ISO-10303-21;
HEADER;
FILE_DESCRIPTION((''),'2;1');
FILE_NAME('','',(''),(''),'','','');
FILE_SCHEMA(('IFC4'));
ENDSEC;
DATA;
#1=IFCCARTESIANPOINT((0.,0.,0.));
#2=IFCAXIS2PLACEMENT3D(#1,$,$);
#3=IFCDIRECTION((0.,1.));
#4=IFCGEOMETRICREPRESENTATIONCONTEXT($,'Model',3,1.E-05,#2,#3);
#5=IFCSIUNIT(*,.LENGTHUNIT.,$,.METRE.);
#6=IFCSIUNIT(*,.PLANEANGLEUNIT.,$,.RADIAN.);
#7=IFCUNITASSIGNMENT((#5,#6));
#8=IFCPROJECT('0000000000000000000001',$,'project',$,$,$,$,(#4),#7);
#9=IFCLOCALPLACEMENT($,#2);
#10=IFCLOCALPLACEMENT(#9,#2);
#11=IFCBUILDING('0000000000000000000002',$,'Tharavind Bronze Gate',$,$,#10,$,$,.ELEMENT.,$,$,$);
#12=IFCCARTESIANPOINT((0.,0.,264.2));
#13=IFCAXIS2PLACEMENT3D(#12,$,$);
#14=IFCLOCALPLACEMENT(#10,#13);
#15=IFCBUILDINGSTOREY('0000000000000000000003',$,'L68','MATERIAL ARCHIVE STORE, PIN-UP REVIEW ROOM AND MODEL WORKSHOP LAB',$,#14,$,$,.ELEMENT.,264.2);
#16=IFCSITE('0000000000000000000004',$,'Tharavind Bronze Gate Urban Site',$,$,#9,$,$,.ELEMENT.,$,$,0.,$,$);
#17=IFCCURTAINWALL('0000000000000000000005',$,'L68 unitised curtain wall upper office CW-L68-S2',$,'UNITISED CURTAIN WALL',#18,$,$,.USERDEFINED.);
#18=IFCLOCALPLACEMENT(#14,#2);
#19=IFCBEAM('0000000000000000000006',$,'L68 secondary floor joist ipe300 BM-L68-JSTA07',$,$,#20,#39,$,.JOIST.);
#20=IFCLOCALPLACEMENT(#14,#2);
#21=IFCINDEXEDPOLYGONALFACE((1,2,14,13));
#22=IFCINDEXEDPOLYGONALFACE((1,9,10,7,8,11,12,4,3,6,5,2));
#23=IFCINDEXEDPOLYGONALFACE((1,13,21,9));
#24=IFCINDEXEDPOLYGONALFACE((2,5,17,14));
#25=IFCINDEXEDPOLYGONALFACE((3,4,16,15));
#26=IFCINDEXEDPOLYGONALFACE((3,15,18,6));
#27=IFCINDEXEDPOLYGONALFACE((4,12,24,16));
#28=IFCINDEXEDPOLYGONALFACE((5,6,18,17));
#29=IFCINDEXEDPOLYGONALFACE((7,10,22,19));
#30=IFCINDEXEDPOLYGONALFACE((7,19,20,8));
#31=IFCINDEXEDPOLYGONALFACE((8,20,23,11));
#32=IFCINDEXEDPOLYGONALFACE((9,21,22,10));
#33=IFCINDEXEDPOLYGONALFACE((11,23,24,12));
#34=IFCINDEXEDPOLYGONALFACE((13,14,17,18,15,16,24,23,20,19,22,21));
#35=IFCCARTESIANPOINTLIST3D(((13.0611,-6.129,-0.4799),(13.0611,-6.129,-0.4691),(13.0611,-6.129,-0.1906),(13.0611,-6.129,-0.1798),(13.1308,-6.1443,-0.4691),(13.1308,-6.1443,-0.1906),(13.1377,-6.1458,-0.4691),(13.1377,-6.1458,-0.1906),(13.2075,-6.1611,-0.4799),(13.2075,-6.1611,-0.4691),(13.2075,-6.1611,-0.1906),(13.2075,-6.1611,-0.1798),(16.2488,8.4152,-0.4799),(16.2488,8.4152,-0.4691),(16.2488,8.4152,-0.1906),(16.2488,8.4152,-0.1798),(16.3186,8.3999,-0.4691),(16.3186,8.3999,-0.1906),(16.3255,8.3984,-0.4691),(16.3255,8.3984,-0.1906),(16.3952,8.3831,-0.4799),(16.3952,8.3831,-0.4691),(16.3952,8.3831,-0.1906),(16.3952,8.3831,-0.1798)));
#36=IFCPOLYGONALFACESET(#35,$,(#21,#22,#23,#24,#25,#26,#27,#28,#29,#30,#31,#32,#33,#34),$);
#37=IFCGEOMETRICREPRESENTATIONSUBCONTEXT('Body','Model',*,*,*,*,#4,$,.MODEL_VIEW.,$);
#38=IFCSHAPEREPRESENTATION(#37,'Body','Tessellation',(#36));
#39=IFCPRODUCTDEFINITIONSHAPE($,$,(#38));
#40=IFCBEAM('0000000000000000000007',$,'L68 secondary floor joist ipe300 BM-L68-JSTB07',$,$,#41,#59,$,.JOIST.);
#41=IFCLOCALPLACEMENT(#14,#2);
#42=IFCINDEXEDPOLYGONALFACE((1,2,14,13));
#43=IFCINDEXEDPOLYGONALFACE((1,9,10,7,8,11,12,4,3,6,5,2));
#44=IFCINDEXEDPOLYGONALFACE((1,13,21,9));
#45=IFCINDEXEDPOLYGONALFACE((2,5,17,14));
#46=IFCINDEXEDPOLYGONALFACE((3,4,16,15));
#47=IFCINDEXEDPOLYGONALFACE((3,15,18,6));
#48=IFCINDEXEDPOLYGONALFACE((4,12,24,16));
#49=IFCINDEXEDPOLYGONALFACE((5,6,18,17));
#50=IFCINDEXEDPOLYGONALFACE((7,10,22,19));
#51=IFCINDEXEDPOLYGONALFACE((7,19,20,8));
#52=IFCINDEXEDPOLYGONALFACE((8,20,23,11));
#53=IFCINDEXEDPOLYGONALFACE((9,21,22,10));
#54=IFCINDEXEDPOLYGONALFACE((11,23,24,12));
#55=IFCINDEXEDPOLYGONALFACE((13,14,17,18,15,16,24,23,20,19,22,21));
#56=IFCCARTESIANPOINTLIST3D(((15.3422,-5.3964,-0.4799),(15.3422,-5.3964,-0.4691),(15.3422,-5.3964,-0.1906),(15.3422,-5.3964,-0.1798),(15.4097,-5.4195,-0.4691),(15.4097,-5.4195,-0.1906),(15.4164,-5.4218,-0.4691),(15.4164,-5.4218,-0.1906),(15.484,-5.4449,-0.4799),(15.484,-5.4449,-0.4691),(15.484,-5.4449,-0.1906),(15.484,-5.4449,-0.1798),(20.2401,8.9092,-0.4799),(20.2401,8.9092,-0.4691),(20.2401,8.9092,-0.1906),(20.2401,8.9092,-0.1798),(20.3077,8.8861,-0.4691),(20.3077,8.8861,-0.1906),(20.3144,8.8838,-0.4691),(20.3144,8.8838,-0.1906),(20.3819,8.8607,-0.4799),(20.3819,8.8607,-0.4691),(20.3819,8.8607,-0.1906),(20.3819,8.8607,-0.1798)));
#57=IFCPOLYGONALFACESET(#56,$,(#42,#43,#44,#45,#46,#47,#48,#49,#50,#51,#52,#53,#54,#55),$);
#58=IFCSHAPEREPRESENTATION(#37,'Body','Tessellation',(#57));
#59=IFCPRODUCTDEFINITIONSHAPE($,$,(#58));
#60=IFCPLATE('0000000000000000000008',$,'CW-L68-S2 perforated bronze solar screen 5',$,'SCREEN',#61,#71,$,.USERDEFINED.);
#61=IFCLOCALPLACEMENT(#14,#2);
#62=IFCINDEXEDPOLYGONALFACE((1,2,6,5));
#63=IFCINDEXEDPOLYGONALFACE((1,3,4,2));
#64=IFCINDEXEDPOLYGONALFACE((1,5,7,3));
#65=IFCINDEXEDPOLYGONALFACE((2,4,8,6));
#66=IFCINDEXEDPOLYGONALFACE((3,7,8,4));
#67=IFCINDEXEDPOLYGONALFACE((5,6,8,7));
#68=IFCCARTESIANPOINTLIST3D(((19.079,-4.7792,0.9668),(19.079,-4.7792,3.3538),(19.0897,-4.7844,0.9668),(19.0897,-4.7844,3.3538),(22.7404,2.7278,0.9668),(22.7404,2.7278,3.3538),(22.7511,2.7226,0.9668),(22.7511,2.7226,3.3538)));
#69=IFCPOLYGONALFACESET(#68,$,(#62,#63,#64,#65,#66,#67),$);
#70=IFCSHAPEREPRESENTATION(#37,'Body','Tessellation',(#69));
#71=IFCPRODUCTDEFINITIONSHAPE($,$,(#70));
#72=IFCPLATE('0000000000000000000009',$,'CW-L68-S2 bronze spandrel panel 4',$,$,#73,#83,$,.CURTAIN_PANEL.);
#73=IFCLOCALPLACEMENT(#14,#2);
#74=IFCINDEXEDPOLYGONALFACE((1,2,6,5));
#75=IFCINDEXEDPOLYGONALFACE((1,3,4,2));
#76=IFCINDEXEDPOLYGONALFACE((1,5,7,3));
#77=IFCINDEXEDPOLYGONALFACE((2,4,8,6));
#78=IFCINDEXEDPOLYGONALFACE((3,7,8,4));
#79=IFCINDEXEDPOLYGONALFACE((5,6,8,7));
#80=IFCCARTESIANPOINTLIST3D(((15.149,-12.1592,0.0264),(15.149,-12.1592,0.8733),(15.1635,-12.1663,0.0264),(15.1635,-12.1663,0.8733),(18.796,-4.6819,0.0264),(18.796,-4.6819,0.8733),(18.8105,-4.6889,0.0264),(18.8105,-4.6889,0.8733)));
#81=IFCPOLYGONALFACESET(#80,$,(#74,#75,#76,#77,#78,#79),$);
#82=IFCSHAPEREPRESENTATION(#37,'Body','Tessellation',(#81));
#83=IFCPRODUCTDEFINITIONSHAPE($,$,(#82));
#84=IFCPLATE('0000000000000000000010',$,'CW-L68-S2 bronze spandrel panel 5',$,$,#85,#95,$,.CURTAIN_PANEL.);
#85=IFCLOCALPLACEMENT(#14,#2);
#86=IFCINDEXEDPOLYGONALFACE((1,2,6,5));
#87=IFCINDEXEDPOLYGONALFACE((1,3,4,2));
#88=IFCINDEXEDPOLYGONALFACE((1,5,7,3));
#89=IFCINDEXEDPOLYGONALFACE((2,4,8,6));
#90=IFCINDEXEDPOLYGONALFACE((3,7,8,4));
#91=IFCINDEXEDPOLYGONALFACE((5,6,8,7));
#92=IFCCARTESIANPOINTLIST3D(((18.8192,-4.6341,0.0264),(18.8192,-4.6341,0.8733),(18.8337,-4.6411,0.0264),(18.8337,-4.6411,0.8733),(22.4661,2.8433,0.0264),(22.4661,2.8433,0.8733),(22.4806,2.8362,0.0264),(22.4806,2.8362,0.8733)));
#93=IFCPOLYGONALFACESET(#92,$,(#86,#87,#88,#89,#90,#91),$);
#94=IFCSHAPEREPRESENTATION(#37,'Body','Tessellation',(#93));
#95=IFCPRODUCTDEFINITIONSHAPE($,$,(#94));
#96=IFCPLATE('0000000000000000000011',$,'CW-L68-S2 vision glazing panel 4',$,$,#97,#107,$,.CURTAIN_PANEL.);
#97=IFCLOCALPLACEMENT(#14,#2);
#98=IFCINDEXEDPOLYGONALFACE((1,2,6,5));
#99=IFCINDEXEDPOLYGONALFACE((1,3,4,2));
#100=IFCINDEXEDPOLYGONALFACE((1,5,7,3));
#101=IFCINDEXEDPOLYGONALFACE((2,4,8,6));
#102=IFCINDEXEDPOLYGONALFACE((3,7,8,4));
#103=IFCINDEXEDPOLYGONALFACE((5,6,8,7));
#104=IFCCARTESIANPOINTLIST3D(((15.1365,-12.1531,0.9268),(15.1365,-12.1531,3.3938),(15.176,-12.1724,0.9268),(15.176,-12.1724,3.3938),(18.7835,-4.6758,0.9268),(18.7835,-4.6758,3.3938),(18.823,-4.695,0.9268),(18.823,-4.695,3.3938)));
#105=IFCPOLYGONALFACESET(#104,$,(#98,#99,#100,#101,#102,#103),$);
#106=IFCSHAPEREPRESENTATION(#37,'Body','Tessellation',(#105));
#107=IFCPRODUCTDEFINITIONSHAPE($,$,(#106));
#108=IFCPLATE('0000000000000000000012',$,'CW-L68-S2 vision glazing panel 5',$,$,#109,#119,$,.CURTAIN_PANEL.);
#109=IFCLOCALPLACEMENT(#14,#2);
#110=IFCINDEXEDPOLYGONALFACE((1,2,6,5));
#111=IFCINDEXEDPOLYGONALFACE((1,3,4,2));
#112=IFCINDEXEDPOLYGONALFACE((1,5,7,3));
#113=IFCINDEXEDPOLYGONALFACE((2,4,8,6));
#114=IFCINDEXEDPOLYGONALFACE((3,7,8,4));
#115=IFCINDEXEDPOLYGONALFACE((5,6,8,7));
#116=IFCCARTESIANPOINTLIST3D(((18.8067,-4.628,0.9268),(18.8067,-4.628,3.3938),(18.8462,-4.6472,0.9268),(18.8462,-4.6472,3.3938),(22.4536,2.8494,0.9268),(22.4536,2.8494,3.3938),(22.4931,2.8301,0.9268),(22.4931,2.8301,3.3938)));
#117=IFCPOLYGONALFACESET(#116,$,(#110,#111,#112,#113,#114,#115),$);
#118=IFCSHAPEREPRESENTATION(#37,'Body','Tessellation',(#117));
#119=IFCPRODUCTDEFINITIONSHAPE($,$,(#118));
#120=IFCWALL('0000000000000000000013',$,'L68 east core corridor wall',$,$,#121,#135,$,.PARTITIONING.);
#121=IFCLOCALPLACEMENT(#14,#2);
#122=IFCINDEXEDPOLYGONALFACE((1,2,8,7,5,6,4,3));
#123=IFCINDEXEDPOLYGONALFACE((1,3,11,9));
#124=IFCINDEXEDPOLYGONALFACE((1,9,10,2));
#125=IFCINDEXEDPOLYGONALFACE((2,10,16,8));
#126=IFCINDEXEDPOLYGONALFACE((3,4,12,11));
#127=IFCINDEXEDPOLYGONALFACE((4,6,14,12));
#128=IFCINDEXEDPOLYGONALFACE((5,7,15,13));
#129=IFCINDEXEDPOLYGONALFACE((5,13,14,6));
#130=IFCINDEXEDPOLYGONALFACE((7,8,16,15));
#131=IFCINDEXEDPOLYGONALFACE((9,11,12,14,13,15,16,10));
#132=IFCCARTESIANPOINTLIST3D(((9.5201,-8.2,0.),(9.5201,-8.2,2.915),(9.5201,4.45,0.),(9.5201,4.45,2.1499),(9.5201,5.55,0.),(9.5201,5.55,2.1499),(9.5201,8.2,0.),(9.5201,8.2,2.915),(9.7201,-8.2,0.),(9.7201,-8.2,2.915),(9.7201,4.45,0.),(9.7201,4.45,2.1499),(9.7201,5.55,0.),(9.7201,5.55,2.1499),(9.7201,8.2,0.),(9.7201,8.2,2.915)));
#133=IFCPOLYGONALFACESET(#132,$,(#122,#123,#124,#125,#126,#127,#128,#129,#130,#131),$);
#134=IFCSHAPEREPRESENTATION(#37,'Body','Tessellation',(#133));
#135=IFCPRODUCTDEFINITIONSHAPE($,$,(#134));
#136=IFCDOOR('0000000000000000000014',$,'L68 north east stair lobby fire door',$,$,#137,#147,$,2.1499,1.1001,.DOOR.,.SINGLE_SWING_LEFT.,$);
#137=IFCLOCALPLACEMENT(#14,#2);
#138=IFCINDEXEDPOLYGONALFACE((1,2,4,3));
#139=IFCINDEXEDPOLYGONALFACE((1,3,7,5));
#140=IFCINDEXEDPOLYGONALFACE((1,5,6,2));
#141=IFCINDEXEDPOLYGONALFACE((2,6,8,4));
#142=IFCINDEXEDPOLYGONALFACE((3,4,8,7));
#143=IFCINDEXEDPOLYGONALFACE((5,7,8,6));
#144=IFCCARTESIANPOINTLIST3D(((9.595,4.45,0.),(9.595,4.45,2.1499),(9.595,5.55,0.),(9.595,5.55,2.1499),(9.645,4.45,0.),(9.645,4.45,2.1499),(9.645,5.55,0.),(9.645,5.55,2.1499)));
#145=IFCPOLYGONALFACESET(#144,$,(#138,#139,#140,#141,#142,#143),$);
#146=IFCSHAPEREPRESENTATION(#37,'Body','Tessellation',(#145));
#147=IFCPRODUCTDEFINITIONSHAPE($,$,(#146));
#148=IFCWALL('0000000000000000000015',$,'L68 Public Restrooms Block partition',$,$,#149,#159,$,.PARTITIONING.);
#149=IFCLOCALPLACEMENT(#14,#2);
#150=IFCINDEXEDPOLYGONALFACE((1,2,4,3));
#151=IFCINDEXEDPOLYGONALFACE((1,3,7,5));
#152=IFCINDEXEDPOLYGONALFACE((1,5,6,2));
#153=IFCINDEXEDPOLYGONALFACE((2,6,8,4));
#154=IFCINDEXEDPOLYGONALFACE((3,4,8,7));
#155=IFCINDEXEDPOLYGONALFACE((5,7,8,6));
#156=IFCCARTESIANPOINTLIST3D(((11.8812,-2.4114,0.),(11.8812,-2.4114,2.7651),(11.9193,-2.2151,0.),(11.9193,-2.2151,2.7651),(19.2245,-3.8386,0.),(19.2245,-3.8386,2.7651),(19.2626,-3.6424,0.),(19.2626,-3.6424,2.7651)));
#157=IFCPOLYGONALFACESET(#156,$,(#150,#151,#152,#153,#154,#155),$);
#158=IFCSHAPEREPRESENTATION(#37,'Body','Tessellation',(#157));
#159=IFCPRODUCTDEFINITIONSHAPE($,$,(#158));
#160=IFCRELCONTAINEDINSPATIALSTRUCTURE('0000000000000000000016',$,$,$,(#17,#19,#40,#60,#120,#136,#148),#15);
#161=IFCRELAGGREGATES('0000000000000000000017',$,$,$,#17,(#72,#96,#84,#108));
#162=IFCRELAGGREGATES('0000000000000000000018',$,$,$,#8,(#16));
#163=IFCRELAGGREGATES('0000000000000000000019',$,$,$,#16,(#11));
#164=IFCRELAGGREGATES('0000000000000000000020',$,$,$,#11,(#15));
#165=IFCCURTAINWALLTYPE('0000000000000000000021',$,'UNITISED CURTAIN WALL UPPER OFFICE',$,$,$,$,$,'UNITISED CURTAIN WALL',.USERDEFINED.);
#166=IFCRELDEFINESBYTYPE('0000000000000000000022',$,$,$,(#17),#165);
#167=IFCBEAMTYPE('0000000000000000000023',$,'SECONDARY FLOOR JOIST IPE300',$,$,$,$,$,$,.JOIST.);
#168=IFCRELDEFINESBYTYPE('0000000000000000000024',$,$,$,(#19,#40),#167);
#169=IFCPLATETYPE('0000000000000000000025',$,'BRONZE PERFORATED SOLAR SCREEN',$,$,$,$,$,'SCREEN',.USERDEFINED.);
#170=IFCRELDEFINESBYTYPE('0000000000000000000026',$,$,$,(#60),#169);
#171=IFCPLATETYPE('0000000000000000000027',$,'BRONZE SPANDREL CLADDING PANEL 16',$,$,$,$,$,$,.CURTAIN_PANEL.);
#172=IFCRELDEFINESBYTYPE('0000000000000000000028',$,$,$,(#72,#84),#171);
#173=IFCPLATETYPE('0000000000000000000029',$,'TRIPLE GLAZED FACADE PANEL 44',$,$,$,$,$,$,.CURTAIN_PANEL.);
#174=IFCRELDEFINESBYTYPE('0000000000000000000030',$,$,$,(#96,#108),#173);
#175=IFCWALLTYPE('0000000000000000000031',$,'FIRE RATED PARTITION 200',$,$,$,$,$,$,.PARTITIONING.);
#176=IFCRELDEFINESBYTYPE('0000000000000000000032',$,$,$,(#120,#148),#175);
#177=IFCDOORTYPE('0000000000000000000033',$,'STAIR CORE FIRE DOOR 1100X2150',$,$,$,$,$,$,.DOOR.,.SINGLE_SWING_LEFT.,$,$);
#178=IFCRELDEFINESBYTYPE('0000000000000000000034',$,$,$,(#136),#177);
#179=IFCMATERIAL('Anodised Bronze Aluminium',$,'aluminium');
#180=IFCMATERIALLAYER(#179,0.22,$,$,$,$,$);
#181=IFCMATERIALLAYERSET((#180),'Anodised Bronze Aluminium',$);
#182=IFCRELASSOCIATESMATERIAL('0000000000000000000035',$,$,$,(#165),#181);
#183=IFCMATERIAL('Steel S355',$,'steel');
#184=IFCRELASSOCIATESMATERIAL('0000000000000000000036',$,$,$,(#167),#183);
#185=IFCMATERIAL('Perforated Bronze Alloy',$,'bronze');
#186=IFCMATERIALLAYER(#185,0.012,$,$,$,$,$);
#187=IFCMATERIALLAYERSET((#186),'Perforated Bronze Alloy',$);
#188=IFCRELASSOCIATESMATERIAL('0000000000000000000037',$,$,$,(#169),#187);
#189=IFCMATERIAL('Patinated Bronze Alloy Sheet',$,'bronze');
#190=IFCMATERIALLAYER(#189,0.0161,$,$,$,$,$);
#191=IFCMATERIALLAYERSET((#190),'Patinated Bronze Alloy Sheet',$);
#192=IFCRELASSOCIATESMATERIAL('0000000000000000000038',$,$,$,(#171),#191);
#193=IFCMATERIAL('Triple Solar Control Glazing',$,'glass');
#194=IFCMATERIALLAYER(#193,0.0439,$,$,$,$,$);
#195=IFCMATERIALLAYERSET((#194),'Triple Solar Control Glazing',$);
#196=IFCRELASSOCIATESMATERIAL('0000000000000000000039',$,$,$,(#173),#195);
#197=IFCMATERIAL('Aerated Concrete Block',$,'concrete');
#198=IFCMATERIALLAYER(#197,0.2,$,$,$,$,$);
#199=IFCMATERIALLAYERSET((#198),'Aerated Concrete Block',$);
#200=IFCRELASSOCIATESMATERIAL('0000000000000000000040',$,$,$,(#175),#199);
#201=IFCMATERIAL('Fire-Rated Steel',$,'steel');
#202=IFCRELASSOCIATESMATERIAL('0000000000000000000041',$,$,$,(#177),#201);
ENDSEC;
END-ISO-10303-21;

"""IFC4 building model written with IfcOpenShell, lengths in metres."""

from ifc_helpers import new_model, si_unit, direction, frame, frame_2d, origin, origin_2d, place, context, subcontext, project, spatial, rectangle, i_section, extrude, material, layer, layer_set, material_profile, profile_set, type_object, element, fill, aggregate, save


model = new_model("IFC4")

# Units and contexts
model_context = context("Model", 3, precision=1e-05, world=origin(), true_north=direction((0.0, 1.0)))
body_context = subcontext(model_context, "Body", "Model", "MODEL_VIEW")
ifc_project = project(units=[si_unit("LENGTHUNIT", "METRE"), si_unit("PLANEANGLEUNIT", "RADIAN")], contexts=[model_context])

# Site, building, storey
site_placement = place(None, origin())
site = spatial("IfcSite", under=ifc_project, at=site_placement, Name="Tharavind Bronze Gate Urban Site", CompositionType="ELEMENT", RefElevation=0.0)
building_placement = place(site_placement, origin())
building = spatial("IfcBuilding", under=site, at=building_placement, Name="Tharavind Bronze Gate", CompositionType="ELEMENT")
storey_placement = place(building_placement, frame((0.0, 0.0, 264.2)))
storey = spatial("IfcBuildingStorey", under=building, at=storey_placement, Name="L68", Description="MATERIAL ARCHIVE STORE, PIN-UP REVIEW ROOM AND MODEL WORKSHOP LAB", CompositionType="ELEMENT", Elevation=264.2)

# Curtain wall
ifc_material_1 = material(Name="Anodised Bronze Aluminium", Category="aluminium")
ifc_layer_1 = layer(ifc_material_1, 0.22)
ifc_layer_set_1 = layer_set([ifc_layer_1], Name="Anodised Bronze Aluminium")
curtain_wall_type = type_object("IfcCurtainWallType", Name="UNITISED CURTAIN WALL UPPER OFFICE", ElementType="UNITISED CURTAIN WALL", PredefinedType="USERDEFINED", material=ifc_layer_set_1)
curtain_wall_placement = place(storey_placement, origin())
curtain_wall = element("IfcCurtainWall", 1, at=curtain_wall_placement, inside=storey, type_object=curtain_wall_type, Name="L68 unitised curtain wall upper office CW-L68-S2", ObjectType="UNITISED CURTAIN WALL", PredefinedType="USERDEFINED")

# Beams
ifc_material_2 = material(Name="Steel S355", Category="steel")
ifc_material_profile_1 = material_profile(ifc_material_2, i_section(OverallWidth=0.1499, OverallDepth=0.3, WebThickness=0.0071, FlangeThickness=0.0107, at=origin_2d()), Name="IPE300")
ifc_profile_set_1 = profile_set([ifc_material_profile_1], Name="Steel S355")
beam_type_1 = type_object("IfcBeamType", Name="SECONDARY FLOOR JOIST IPE300", PredefinedType="JOIST", material=ifc_profile_set_1)
beam_1_placement = place(storey_placement, frame((13.1343, -6.145, -0.3298), z_axis=(0.214094, 0.976813, 0.0), x_axis=(-0.976813, 0.214094, 0.0)))
element("IfcBeam", 2, at=beam_1_placement, inside=storey, type_object=beam_type_1, Name="L68 secondary floor joist ipe300 BM-L68-JSTA07", PredefinedType="JOIST", context=body_context, shape_type="SweptSolid", body=[
    extrude(i_section(OverallWidth=0.1499, OverallDepth=0.3, WebThickness=0.0071, FlangeThickness=0.0107, at=origin_2d()), origin(), (0.0, 0.0, 1.0), 14.8894),
])
beam_2_placement = place(storey_placement, frame((15.4131, -5.4207, -0.3298), z_axis=(0.323919, 0.946085, 0.0), x_axis=(-0.946085, 0.323919, 0.0)))
element("IfcBeam", 3, at=beam_2_placement, inside=storey, type_object=beam_type_1, Name="L68 secondary floor joist ipe300 BM-L68-JSTB07", PredefinedType="JOIST", context=body_context, shape_type="SweptSolid", body=[
    extrude(i_section(OverallWidth=0.1499, OverallDepth=0.3, WebThickness=0.0071, FlangeThickness=0.0107, at=origin_2d()), origin(), (0.0, 0.0, 1.0), 15.1208),
])

# Plates
ifc_material_3 = material(Name="Perforated Bronze Alloy", Category="bronze")
ifc_layer_2 = layer(ifc_material_3, 0.012)
ifc_layer_set_2 = layer_set([ifc_layer_2], Name="Perforated Bronze Alloy")
plate_type_1 = type_object("IfcPlateType", Name="BRONZE PERFORATED SOLAR SCREEN", ElementType="SCREEN", PredefinedType="USERDEFINED", material=ifc_layer_set_2)
plate_1_placement = place(storey_placement, frame((20.915, -1.0283, 0.9668), z_axis=(0.0, 0.0, 1.0), x_axis=(0.438373, 0.898793, 0.0)))
element("IfcPlate", 4, at=plate_1_placement, inside=storey, type_object=plate_type_1, Name="CW-L68-S2 perforated bronze solar screen 5", ObjectType="SCREEN", PredefinedType="USERDEFINED", context=body_context, shape_type="SweptSolid", body=[
    extrude(rectangle(XDim=8.3523, YDim=0.012, at=origin_2d()), origin(), (0.0, 0.0, 1.0), 2.387),
])
ifc_material_4 = material(Name="Patinated Bronze Alloy Sheet", Category="bronze")
ifc_layer_3 = layer(ifc_material_4, 0.0161)
ifc_layer_set_3 = layer_set([ifc_layer_3], Name="Patinated Bronze Alloy Sheet")
plate_type_2 = type_object("IfcPlateType", Name="BRONZE SPANDREL CLADDING PANEL 16", PredefinedType="CURTAIN_PANEL", material=ifc_layer_set_3)
plate_2_placement = place(storey_placement, frame((16.9797, -8.4241, 0.0264), z_axis=(0.0, 0.0, 1.0), x_axis=(0.438373, 0.898793, 0.0)))
plate_2 = element("IfcPlate", 5, at=plate_2_placement, type_object=plate_type_2, Name="CW-L68-S2 bronze spandrel panel 4", PredefinedType="CURTAIN_PANEL", context=body_context, shape_type="SweptSolid", body=[
    extrude(rectangle(XDim=8.3193, YDim=0.0161, at=origin_2d()), origin(), (0.0, 0.0, 1.0), 0.8469),
])
plate_3_placement = place(storey_placement, frame((20.6499, -0.8989, 0.0264), z_axis=(0.0, 0.0, 1.0), x_axis=(0.438373, 0.898793, 0.0)))
plate_3 = element("IfcPlate", 6, at=plate_3_placement, type_object=plate_type_2, Name="CW-L68-S2 bronze spandrel panel 5", PredefinedType="CURTAIN_PANEL", context=body_context, shape_type="SweptSolid", body=[
    extrude(rectangle(XDim=8.3193, YDim=0.0161, at=origin_2d()), origin(), (0.0, 0.0, 1.0), 0.8469),
])
ifc_material_5 = material(Name="Triple Solar Control Glazing", Category="glass")
ifc_layer_4 = layer(ifc_material_5, 0.0439)
ifc_layer_set_4 = layer_set([ifc_layer_4], Name="Triple Solar Control Glazing")
plate_type_3 = type_object("IfcPlateType", Name="TRIPLE GLAZED FACADE PANEL 44", PredefinedType="CURTAIN_PANEL", material=ifc_layer_set_4)
plate_4_placement = place(storey_placement, frame((16.9797, -8.4241, 0.9268), z_axis=(0.0, 0.0, 1.0), x_axis=(0.438373, 0.898793, 0.0)))
plate_4 = element("IfcPlate", 7, at=plate_4_placement, type_object=plate_type_3, Name="CW-L68-S2 vision glazing panel 4", PredefinedType="CURTAIN_PANEL", context=body_context, shape_type="SweptSolid", body=[
    extrude(rectangle(XDim=8.3193, YDim=0.0439, at=origin_2d()), origin(), (0.0, 0.0, 1.0), 2.467),
])
plate_5_placement = place(storey_placement, frame((20.6499, -0.8989, 0.9268), z_axis=(0.0, 0.0, 1.0), x_axis=(0.438373, 0.898793, 0.0)))
plate_5 = element("IfcPlate", 8, at=plate_5_placement, type_object=plate_type_3, Name="CW-L68-S2 vision glazing panel 5", PredefinedType="CURTAIN_PANEL", context=body_context, shape_type="SweptSolid", body=[
    extrude(rectangle(XDim=8.3193, YDim=0.0439, at=origin_2d()), origin(), (0.0, 0.0, 1.0), 2.467),
])
aggregate(curtain_wall, [plate_2, plate_4, plate_3, plate_5])

# Wall, opening, door
ifc_material_6 = material(Name="Aerated Concrete Block", Category="concrete")
ifc_layer_5 = layer(ifc_material_6, 0.2)
ifc_layer_set_5 = layer_set([ifc_layer_5], Name="Aerated Concrete Block")
wall_type_1 = type_object("IfcWallType", Name="FIRE RATED PARTITION 200", PredefinedType="PARTITIONING", material=ifc_layer_set_5)
wall_1_placement = place(storey_placement, frame((9.6201, -8.2, 0.0), z_axis=(0.0, 0.0, 1.0), x_axis=(0.0, 1.0, 0.0)))
wall_1 = element("IfcWall", 9, at=wall_1_placement, inside=storey, type_object=wall_type_1, Name="L68 east core corridor wall", PredefinedType="PARTITIONING", context=body_context, shape_type="SweptSolid", body=[
    extrude(rectangle(XDim=16.3999, YDim=0.2, at=frame_2d((8.2, 0.0))), origin(), (0.0, 0.0, 1.0), 2.915),
])
opening_1_placement = place(wall_1_placement, frame((12.6499, 0.0, 0.0)))
opening_1 = element("IfcOpeningElement", 10, at=opening_1_placement, cuts=wall_1, PredefinedType="OPENING", context=body_context, shape_type="SweptSolid", body=[
    extrude(rectangle(XDim=1.1001, YDim=2.1499, at=frame_2d((0.55, 1.075))), frame((0.0, 0.1101, 0.0), z_axis=(0.0, -1.0, 0.0), x_axis=(1.0, 0.0, 0.0)), (0.0, 0.0, 1.0), 0.22),
])
ifc_material_7 = material(Name="Fire-Rated Steel", Category="steel")
door_type_1 = type_object("IfcDoorType", Name="STAIR CORE FIRE DOOR 1100X2150", OperationType="SINGLE_SWING_LEFT", PredefinedType="DOOR", material=ifc_material_7)
door_1_placement = place(opening_1_placement, frame((1.1001, 0.0, 0.0), z_axis=(0.0, 0.0, 1.0), x_axis=(-1.0, 0.0, 0.0)))
door_1 = element("IfcDoor", 11, at=door_1_placement, inside=storey, type_object=door_type_1, Name="L68 north east stair lobby fire door", OperationType="SINGLE_SWING_LEFT", OverallHeight=2.1499, OverallWidth=1.1001, PredefinedType="DOOR", context=body_context, shape_type="SweptSolid", body=[
    extrude(rectangle(XDim=1.1001, YDim=2.1499, at=frame_2d((0.55, 1.075))), frame((0.0, 0.0249, 0.0), z_axis=(0.0, -1.0, 0.0), x_axis=(1.0, 0.0, 0.0)), (0.0, 0.0, 1.0), 0.05),
])
fill(opening_1, door_1)

# Wall
wall_2_placement = place(storey_placement, frame((19.2434, -3.7405, 0.0), z_axis=(0.0, 0.0, 1.0), x_axis=(-0.981631, 0.190791, 0.0)))
element("IfcWall", 12, at=wall_2_placement, inside=storey, type_object=wall_type_1, Name="L68 Public Restrooms Block partition", PredefinedType="PARTITIONING", context=body_context, shape_type="SweptSolid", body=[
    extrude(rectangle(XDim=7.4807, YDim=0.2, at=frame_2d((3.7402, 0.0))), origin(), (0.0, 0.0, 1.0), 2.7651),
])

save(model, "model.ifc")
